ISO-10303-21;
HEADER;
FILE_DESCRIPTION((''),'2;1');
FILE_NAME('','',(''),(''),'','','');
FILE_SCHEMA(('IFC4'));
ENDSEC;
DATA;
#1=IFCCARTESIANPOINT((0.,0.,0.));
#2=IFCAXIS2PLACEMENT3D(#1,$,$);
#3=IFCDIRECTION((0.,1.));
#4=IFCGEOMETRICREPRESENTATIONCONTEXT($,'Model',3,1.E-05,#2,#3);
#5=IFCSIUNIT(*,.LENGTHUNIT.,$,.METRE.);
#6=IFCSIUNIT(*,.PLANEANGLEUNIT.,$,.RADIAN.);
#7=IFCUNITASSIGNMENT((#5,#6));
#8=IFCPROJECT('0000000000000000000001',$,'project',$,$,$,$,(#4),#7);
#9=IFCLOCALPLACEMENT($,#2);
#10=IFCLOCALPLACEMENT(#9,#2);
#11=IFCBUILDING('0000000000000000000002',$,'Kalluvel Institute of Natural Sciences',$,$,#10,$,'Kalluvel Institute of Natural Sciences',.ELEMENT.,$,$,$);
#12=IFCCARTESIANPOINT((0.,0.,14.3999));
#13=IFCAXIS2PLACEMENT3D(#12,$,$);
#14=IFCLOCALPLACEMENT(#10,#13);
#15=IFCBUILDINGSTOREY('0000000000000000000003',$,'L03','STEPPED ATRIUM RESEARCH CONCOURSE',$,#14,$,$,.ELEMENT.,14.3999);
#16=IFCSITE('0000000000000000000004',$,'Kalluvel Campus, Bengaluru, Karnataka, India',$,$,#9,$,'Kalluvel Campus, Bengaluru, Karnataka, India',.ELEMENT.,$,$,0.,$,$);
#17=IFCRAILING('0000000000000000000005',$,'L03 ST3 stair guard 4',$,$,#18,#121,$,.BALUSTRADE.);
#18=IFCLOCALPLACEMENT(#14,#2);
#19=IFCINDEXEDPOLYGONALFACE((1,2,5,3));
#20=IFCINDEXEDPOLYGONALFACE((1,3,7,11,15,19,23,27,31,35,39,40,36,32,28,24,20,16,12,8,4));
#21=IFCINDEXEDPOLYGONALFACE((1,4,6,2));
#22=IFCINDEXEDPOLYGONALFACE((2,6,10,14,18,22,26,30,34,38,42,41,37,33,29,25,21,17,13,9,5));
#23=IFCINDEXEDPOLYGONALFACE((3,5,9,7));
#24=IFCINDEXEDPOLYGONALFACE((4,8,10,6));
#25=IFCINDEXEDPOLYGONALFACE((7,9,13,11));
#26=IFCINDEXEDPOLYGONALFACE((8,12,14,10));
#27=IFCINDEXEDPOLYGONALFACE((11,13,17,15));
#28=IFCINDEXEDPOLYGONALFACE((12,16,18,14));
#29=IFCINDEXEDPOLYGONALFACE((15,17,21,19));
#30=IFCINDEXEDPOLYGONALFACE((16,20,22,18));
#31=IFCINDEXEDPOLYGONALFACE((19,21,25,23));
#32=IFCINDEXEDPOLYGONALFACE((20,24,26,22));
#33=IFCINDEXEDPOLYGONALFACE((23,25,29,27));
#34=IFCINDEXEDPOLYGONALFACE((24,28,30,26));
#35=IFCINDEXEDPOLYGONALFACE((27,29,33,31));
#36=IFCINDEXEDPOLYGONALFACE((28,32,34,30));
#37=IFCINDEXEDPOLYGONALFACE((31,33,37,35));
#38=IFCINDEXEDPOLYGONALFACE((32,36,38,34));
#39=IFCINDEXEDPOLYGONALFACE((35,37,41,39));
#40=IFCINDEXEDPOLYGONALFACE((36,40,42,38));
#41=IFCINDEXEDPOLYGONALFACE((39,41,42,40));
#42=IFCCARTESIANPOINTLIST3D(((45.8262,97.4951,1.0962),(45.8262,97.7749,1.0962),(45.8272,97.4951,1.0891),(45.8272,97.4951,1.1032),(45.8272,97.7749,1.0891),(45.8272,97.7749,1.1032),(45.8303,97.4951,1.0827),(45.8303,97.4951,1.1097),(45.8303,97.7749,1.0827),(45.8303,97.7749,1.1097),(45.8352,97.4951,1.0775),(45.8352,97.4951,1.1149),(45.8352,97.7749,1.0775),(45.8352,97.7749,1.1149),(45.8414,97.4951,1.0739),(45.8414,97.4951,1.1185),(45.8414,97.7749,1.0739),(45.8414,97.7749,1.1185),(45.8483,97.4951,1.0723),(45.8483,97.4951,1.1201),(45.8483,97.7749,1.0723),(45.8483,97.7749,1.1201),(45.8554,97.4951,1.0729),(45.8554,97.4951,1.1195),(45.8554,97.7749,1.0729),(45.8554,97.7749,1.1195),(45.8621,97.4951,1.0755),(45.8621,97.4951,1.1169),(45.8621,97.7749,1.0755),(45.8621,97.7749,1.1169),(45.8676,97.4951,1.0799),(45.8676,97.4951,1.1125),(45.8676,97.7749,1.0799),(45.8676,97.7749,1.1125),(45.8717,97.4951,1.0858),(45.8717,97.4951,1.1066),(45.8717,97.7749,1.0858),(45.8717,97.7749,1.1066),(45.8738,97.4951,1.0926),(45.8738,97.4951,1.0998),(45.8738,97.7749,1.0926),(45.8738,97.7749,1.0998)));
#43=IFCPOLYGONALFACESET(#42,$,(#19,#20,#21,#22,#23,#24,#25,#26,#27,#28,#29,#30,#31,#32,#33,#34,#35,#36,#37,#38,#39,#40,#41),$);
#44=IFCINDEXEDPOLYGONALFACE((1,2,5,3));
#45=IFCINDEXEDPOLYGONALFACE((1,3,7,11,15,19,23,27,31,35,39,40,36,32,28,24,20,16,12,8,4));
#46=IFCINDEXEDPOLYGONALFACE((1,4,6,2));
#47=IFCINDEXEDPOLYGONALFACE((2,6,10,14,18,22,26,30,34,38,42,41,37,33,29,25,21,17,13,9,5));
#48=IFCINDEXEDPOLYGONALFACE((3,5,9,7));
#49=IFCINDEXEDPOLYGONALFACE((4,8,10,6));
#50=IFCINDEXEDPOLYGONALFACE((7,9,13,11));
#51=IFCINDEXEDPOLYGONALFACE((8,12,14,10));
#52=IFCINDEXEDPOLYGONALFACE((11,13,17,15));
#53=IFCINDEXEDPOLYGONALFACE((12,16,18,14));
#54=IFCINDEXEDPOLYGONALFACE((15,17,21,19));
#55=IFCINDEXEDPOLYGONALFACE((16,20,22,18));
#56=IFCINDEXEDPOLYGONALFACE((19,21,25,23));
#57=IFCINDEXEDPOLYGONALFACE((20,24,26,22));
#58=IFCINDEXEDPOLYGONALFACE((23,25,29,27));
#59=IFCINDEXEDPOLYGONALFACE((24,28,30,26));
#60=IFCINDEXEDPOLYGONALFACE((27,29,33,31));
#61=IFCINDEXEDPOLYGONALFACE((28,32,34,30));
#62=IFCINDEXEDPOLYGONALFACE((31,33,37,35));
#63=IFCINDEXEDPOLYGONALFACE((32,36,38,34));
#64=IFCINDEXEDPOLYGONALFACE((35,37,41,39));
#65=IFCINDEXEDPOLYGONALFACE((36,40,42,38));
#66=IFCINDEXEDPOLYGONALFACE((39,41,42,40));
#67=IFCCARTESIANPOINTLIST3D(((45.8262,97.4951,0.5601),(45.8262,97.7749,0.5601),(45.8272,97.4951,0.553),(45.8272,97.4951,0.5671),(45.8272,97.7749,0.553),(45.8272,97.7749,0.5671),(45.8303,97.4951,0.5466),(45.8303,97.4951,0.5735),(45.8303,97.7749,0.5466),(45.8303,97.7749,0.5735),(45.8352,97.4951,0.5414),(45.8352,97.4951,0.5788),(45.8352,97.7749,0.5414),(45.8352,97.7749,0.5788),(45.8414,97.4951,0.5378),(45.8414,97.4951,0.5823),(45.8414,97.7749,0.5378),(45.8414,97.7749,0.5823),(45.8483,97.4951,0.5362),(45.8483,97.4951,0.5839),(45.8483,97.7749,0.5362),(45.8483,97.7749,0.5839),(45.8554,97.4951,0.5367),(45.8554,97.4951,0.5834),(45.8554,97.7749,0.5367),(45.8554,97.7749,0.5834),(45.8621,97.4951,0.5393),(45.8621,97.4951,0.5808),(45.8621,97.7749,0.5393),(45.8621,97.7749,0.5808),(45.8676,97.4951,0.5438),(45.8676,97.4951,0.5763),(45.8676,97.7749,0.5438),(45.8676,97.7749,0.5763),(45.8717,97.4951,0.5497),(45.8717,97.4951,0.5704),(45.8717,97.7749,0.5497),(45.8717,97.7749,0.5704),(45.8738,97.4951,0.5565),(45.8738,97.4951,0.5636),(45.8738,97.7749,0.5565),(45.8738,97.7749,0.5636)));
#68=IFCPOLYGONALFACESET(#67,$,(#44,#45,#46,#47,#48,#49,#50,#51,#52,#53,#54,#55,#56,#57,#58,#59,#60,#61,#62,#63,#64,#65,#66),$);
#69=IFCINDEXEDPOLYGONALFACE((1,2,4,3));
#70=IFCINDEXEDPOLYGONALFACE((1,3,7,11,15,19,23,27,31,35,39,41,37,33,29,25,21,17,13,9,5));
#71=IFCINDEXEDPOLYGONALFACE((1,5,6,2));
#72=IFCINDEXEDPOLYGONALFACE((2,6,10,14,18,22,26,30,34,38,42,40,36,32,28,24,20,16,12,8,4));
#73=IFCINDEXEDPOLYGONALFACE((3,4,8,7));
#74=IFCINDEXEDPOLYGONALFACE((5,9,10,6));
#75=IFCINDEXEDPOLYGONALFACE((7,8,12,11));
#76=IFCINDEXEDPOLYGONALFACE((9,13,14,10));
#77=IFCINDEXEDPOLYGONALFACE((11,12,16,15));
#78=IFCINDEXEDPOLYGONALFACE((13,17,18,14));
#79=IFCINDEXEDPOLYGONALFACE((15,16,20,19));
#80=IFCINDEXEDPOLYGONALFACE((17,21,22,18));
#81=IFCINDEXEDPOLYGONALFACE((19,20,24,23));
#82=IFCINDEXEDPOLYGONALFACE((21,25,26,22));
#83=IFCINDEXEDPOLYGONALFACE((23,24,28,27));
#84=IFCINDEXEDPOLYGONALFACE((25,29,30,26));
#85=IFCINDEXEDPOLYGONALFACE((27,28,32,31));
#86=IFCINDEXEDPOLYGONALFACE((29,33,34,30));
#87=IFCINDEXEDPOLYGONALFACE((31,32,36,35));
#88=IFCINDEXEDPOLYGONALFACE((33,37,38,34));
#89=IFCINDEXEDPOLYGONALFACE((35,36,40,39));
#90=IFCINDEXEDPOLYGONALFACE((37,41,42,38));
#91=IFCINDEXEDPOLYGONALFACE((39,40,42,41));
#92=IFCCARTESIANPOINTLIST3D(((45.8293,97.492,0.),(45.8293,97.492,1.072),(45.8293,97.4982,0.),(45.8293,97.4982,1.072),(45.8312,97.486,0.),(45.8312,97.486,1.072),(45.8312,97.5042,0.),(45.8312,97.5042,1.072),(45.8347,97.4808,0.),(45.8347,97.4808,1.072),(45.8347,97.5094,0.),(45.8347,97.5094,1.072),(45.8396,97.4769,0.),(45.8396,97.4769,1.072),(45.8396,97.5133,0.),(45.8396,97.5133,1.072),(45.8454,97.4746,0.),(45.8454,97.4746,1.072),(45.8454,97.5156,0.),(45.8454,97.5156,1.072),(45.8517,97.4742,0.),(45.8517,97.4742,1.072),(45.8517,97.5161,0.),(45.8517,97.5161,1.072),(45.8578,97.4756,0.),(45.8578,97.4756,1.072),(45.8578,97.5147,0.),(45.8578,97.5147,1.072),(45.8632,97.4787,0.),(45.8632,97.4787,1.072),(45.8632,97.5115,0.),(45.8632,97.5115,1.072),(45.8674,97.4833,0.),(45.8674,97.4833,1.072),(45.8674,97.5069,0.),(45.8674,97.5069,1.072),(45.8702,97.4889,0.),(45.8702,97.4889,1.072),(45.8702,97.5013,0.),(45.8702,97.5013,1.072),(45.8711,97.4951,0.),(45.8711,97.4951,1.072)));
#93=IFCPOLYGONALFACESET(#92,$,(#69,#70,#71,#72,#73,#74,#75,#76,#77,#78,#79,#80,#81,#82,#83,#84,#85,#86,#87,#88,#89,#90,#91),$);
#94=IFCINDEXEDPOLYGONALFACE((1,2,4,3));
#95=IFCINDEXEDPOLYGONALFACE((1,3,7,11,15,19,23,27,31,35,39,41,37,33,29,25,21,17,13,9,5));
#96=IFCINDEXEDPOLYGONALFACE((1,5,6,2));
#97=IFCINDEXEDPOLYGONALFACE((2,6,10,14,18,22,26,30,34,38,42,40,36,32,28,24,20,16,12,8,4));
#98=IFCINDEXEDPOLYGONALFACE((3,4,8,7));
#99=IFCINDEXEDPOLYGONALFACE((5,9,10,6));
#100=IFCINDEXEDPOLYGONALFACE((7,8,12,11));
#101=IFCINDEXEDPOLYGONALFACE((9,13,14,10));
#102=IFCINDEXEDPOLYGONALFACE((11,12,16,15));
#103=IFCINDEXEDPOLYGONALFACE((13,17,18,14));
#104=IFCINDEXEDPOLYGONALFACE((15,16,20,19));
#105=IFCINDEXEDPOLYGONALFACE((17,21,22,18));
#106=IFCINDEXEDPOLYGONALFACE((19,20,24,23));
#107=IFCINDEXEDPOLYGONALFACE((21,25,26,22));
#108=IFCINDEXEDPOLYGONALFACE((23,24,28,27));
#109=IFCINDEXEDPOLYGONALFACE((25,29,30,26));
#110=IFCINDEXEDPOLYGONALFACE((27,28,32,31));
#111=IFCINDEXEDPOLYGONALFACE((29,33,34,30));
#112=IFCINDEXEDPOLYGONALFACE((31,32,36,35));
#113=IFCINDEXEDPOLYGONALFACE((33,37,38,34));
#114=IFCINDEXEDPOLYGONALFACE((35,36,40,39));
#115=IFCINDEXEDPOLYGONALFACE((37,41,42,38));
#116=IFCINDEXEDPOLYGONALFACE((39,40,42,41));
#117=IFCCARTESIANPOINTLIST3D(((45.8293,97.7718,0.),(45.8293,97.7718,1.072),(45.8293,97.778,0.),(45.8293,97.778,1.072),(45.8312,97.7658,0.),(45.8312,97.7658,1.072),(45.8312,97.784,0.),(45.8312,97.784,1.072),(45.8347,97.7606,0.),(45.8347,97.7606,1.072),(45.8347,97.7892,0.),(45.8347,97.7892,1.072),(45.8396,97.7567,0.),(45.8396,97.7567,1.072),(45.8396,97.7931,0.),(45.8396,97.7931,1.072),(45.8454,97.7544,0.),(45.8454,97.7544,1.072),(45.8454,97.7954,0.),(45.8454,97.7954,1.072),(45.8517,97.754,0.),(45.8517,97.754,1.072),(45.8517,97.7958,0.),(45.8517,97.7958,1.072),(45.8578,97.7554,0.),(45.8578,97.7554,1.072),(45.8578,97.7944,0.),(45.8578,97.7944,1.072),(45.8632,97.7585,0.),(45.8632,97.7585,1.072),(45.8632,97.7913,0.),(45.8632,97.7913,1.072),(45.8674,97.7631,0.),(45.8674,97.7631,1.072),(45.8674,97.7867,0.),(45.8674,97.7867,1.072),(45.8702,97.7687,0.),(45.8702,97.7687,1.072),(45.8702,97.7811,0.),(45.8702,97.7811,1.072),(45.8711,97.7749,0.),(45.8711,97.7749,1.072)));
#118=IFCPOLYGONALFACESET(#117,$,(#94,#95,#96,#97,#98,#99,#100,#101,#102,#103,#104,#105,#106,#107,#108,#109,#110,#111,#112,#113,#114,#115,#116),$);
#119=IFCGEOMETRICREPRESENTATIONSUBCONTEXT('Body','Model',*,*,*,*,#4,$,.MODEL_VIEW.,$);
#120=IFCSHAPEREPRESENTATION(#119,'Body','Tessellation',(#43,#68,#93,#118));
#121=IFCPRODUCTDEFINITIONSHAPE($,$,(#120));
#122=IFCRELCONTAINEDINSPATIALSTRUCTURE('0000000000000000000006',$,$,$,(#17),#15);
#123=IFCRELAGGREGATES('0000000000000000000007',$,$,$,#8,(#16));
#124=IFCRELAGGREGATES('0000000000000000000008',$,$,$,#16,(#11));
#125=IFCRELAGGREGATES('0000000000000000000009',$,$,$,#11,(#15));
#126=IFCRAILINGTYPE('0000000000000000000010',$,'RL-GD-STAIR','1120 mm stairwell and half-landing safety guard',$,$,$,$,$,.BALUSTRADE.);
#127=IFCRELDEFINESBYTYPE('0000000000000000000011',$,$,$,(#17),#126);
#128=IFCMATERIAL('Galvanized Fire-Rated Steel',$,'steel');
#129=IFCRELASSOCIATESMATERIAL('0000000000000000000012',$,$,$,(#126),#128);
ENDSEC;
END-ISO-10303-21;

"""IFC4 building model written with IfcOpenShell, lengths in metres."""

from ifc_helpers import new_model, si_unit, direction, frame, origin, origin_2d, place, context, subcontext, project, spatial, circle, extrude, material, type_object, element, save


model = new_model("IFC4")

# Units and contexts
model_context = context("Model", 3, precision=1e-05, world=origin(), true_north=direction((0.0, 1.0)))
body_context = subcontext(model_context, "Body", "Model", "MODEL_VIEW")
ifc_project = project(units=[si_unit("LENGTHUNIT", "METRE"), si_unit("PLANEANGLEUNIT", "RADIAN")], contexts=[model_context])

# Site, building, storey
site_placement = place(None, origin())
site = spatial("IfcSite", under=ifc_project, at=site_placement, Name="Kalluvel Campus, Bengaluru, Karnataka, India", LongName="Kalluvel Campus, Bengaluru, Karnataka, India", CompositionType="ELEMENT", RefElevation=0.0)
building_placement = place(site_placement, origin())
building = spatial("IfcBuilding", under=site, at=building_placement, Name="Kalluvel Institute of Natural Sciences", LongName="Kalluvel Institute of Natural Sciences", CompositionType="ELEMENT")
storey_placement = place(building_placement, frame((0.0, 0.0, 14.3999)))
storey = spatial("IfcBuildingStorey", under=building, at=storey_placement, Name="L03", Description="STEPPED ATRIUM RESEARCH CONCOURSE", CompositionType="ELEMENT", Elevation=14.3999)

# Shared definitions
ifc_material_1 = material(Name="Galvanized Fire-Rated Steel", Category="steel")

# Railing
railing_type_1 = type_object("IfcRailingType", Name="RL-GD-STAIR", Description="1120 mm stairwell and half-landing safety guard", PredefinedType="BALUSTRADE", material=ifc_material_1)
railing_1_placement = place(storey_placement, frame((45.8501, 97.4951, 0.0)))
element("IfcRailing", 1, at=railing_1_placement, inside=storey, type_object=railing_type_1, Name="L03 ST3 stair guard 4", PredefinedType="BALUSTRADE", context=body_context, shape_type="SweptSolid", body=[
    extrude(circle(Radius=0.0239, at=origin_2d()), frame((0.0, 0.0, 1.0962), z_axis=(0.0, 1.0, 0.0), x_axis=(-1.0, 0.0, 0.0)), (0.0, 0.0, 1.0), 0.2798),
    extrude(circle(Radius=0.0239, at=origin_2d()), frame((0.0, 0.0, 0.5601), z_axis=(0.0, 1.0, 0.0), x_axis=(-1.0, 0.0, 0.0)), (0.0, 0.0, 1.0), 0.2798),
    extrude(circle(Radius=0.021, at=origin_2d()), origin(), (0.0, 0.0, 1.0), 1.072),
    extrude(circle(Radius=0.021, at=origin_2d()), frame((0.0, 0.2798, 0.0)), (0.0, 0.0, 1.0), 1.072),
])

save(model, "model.ifc")
